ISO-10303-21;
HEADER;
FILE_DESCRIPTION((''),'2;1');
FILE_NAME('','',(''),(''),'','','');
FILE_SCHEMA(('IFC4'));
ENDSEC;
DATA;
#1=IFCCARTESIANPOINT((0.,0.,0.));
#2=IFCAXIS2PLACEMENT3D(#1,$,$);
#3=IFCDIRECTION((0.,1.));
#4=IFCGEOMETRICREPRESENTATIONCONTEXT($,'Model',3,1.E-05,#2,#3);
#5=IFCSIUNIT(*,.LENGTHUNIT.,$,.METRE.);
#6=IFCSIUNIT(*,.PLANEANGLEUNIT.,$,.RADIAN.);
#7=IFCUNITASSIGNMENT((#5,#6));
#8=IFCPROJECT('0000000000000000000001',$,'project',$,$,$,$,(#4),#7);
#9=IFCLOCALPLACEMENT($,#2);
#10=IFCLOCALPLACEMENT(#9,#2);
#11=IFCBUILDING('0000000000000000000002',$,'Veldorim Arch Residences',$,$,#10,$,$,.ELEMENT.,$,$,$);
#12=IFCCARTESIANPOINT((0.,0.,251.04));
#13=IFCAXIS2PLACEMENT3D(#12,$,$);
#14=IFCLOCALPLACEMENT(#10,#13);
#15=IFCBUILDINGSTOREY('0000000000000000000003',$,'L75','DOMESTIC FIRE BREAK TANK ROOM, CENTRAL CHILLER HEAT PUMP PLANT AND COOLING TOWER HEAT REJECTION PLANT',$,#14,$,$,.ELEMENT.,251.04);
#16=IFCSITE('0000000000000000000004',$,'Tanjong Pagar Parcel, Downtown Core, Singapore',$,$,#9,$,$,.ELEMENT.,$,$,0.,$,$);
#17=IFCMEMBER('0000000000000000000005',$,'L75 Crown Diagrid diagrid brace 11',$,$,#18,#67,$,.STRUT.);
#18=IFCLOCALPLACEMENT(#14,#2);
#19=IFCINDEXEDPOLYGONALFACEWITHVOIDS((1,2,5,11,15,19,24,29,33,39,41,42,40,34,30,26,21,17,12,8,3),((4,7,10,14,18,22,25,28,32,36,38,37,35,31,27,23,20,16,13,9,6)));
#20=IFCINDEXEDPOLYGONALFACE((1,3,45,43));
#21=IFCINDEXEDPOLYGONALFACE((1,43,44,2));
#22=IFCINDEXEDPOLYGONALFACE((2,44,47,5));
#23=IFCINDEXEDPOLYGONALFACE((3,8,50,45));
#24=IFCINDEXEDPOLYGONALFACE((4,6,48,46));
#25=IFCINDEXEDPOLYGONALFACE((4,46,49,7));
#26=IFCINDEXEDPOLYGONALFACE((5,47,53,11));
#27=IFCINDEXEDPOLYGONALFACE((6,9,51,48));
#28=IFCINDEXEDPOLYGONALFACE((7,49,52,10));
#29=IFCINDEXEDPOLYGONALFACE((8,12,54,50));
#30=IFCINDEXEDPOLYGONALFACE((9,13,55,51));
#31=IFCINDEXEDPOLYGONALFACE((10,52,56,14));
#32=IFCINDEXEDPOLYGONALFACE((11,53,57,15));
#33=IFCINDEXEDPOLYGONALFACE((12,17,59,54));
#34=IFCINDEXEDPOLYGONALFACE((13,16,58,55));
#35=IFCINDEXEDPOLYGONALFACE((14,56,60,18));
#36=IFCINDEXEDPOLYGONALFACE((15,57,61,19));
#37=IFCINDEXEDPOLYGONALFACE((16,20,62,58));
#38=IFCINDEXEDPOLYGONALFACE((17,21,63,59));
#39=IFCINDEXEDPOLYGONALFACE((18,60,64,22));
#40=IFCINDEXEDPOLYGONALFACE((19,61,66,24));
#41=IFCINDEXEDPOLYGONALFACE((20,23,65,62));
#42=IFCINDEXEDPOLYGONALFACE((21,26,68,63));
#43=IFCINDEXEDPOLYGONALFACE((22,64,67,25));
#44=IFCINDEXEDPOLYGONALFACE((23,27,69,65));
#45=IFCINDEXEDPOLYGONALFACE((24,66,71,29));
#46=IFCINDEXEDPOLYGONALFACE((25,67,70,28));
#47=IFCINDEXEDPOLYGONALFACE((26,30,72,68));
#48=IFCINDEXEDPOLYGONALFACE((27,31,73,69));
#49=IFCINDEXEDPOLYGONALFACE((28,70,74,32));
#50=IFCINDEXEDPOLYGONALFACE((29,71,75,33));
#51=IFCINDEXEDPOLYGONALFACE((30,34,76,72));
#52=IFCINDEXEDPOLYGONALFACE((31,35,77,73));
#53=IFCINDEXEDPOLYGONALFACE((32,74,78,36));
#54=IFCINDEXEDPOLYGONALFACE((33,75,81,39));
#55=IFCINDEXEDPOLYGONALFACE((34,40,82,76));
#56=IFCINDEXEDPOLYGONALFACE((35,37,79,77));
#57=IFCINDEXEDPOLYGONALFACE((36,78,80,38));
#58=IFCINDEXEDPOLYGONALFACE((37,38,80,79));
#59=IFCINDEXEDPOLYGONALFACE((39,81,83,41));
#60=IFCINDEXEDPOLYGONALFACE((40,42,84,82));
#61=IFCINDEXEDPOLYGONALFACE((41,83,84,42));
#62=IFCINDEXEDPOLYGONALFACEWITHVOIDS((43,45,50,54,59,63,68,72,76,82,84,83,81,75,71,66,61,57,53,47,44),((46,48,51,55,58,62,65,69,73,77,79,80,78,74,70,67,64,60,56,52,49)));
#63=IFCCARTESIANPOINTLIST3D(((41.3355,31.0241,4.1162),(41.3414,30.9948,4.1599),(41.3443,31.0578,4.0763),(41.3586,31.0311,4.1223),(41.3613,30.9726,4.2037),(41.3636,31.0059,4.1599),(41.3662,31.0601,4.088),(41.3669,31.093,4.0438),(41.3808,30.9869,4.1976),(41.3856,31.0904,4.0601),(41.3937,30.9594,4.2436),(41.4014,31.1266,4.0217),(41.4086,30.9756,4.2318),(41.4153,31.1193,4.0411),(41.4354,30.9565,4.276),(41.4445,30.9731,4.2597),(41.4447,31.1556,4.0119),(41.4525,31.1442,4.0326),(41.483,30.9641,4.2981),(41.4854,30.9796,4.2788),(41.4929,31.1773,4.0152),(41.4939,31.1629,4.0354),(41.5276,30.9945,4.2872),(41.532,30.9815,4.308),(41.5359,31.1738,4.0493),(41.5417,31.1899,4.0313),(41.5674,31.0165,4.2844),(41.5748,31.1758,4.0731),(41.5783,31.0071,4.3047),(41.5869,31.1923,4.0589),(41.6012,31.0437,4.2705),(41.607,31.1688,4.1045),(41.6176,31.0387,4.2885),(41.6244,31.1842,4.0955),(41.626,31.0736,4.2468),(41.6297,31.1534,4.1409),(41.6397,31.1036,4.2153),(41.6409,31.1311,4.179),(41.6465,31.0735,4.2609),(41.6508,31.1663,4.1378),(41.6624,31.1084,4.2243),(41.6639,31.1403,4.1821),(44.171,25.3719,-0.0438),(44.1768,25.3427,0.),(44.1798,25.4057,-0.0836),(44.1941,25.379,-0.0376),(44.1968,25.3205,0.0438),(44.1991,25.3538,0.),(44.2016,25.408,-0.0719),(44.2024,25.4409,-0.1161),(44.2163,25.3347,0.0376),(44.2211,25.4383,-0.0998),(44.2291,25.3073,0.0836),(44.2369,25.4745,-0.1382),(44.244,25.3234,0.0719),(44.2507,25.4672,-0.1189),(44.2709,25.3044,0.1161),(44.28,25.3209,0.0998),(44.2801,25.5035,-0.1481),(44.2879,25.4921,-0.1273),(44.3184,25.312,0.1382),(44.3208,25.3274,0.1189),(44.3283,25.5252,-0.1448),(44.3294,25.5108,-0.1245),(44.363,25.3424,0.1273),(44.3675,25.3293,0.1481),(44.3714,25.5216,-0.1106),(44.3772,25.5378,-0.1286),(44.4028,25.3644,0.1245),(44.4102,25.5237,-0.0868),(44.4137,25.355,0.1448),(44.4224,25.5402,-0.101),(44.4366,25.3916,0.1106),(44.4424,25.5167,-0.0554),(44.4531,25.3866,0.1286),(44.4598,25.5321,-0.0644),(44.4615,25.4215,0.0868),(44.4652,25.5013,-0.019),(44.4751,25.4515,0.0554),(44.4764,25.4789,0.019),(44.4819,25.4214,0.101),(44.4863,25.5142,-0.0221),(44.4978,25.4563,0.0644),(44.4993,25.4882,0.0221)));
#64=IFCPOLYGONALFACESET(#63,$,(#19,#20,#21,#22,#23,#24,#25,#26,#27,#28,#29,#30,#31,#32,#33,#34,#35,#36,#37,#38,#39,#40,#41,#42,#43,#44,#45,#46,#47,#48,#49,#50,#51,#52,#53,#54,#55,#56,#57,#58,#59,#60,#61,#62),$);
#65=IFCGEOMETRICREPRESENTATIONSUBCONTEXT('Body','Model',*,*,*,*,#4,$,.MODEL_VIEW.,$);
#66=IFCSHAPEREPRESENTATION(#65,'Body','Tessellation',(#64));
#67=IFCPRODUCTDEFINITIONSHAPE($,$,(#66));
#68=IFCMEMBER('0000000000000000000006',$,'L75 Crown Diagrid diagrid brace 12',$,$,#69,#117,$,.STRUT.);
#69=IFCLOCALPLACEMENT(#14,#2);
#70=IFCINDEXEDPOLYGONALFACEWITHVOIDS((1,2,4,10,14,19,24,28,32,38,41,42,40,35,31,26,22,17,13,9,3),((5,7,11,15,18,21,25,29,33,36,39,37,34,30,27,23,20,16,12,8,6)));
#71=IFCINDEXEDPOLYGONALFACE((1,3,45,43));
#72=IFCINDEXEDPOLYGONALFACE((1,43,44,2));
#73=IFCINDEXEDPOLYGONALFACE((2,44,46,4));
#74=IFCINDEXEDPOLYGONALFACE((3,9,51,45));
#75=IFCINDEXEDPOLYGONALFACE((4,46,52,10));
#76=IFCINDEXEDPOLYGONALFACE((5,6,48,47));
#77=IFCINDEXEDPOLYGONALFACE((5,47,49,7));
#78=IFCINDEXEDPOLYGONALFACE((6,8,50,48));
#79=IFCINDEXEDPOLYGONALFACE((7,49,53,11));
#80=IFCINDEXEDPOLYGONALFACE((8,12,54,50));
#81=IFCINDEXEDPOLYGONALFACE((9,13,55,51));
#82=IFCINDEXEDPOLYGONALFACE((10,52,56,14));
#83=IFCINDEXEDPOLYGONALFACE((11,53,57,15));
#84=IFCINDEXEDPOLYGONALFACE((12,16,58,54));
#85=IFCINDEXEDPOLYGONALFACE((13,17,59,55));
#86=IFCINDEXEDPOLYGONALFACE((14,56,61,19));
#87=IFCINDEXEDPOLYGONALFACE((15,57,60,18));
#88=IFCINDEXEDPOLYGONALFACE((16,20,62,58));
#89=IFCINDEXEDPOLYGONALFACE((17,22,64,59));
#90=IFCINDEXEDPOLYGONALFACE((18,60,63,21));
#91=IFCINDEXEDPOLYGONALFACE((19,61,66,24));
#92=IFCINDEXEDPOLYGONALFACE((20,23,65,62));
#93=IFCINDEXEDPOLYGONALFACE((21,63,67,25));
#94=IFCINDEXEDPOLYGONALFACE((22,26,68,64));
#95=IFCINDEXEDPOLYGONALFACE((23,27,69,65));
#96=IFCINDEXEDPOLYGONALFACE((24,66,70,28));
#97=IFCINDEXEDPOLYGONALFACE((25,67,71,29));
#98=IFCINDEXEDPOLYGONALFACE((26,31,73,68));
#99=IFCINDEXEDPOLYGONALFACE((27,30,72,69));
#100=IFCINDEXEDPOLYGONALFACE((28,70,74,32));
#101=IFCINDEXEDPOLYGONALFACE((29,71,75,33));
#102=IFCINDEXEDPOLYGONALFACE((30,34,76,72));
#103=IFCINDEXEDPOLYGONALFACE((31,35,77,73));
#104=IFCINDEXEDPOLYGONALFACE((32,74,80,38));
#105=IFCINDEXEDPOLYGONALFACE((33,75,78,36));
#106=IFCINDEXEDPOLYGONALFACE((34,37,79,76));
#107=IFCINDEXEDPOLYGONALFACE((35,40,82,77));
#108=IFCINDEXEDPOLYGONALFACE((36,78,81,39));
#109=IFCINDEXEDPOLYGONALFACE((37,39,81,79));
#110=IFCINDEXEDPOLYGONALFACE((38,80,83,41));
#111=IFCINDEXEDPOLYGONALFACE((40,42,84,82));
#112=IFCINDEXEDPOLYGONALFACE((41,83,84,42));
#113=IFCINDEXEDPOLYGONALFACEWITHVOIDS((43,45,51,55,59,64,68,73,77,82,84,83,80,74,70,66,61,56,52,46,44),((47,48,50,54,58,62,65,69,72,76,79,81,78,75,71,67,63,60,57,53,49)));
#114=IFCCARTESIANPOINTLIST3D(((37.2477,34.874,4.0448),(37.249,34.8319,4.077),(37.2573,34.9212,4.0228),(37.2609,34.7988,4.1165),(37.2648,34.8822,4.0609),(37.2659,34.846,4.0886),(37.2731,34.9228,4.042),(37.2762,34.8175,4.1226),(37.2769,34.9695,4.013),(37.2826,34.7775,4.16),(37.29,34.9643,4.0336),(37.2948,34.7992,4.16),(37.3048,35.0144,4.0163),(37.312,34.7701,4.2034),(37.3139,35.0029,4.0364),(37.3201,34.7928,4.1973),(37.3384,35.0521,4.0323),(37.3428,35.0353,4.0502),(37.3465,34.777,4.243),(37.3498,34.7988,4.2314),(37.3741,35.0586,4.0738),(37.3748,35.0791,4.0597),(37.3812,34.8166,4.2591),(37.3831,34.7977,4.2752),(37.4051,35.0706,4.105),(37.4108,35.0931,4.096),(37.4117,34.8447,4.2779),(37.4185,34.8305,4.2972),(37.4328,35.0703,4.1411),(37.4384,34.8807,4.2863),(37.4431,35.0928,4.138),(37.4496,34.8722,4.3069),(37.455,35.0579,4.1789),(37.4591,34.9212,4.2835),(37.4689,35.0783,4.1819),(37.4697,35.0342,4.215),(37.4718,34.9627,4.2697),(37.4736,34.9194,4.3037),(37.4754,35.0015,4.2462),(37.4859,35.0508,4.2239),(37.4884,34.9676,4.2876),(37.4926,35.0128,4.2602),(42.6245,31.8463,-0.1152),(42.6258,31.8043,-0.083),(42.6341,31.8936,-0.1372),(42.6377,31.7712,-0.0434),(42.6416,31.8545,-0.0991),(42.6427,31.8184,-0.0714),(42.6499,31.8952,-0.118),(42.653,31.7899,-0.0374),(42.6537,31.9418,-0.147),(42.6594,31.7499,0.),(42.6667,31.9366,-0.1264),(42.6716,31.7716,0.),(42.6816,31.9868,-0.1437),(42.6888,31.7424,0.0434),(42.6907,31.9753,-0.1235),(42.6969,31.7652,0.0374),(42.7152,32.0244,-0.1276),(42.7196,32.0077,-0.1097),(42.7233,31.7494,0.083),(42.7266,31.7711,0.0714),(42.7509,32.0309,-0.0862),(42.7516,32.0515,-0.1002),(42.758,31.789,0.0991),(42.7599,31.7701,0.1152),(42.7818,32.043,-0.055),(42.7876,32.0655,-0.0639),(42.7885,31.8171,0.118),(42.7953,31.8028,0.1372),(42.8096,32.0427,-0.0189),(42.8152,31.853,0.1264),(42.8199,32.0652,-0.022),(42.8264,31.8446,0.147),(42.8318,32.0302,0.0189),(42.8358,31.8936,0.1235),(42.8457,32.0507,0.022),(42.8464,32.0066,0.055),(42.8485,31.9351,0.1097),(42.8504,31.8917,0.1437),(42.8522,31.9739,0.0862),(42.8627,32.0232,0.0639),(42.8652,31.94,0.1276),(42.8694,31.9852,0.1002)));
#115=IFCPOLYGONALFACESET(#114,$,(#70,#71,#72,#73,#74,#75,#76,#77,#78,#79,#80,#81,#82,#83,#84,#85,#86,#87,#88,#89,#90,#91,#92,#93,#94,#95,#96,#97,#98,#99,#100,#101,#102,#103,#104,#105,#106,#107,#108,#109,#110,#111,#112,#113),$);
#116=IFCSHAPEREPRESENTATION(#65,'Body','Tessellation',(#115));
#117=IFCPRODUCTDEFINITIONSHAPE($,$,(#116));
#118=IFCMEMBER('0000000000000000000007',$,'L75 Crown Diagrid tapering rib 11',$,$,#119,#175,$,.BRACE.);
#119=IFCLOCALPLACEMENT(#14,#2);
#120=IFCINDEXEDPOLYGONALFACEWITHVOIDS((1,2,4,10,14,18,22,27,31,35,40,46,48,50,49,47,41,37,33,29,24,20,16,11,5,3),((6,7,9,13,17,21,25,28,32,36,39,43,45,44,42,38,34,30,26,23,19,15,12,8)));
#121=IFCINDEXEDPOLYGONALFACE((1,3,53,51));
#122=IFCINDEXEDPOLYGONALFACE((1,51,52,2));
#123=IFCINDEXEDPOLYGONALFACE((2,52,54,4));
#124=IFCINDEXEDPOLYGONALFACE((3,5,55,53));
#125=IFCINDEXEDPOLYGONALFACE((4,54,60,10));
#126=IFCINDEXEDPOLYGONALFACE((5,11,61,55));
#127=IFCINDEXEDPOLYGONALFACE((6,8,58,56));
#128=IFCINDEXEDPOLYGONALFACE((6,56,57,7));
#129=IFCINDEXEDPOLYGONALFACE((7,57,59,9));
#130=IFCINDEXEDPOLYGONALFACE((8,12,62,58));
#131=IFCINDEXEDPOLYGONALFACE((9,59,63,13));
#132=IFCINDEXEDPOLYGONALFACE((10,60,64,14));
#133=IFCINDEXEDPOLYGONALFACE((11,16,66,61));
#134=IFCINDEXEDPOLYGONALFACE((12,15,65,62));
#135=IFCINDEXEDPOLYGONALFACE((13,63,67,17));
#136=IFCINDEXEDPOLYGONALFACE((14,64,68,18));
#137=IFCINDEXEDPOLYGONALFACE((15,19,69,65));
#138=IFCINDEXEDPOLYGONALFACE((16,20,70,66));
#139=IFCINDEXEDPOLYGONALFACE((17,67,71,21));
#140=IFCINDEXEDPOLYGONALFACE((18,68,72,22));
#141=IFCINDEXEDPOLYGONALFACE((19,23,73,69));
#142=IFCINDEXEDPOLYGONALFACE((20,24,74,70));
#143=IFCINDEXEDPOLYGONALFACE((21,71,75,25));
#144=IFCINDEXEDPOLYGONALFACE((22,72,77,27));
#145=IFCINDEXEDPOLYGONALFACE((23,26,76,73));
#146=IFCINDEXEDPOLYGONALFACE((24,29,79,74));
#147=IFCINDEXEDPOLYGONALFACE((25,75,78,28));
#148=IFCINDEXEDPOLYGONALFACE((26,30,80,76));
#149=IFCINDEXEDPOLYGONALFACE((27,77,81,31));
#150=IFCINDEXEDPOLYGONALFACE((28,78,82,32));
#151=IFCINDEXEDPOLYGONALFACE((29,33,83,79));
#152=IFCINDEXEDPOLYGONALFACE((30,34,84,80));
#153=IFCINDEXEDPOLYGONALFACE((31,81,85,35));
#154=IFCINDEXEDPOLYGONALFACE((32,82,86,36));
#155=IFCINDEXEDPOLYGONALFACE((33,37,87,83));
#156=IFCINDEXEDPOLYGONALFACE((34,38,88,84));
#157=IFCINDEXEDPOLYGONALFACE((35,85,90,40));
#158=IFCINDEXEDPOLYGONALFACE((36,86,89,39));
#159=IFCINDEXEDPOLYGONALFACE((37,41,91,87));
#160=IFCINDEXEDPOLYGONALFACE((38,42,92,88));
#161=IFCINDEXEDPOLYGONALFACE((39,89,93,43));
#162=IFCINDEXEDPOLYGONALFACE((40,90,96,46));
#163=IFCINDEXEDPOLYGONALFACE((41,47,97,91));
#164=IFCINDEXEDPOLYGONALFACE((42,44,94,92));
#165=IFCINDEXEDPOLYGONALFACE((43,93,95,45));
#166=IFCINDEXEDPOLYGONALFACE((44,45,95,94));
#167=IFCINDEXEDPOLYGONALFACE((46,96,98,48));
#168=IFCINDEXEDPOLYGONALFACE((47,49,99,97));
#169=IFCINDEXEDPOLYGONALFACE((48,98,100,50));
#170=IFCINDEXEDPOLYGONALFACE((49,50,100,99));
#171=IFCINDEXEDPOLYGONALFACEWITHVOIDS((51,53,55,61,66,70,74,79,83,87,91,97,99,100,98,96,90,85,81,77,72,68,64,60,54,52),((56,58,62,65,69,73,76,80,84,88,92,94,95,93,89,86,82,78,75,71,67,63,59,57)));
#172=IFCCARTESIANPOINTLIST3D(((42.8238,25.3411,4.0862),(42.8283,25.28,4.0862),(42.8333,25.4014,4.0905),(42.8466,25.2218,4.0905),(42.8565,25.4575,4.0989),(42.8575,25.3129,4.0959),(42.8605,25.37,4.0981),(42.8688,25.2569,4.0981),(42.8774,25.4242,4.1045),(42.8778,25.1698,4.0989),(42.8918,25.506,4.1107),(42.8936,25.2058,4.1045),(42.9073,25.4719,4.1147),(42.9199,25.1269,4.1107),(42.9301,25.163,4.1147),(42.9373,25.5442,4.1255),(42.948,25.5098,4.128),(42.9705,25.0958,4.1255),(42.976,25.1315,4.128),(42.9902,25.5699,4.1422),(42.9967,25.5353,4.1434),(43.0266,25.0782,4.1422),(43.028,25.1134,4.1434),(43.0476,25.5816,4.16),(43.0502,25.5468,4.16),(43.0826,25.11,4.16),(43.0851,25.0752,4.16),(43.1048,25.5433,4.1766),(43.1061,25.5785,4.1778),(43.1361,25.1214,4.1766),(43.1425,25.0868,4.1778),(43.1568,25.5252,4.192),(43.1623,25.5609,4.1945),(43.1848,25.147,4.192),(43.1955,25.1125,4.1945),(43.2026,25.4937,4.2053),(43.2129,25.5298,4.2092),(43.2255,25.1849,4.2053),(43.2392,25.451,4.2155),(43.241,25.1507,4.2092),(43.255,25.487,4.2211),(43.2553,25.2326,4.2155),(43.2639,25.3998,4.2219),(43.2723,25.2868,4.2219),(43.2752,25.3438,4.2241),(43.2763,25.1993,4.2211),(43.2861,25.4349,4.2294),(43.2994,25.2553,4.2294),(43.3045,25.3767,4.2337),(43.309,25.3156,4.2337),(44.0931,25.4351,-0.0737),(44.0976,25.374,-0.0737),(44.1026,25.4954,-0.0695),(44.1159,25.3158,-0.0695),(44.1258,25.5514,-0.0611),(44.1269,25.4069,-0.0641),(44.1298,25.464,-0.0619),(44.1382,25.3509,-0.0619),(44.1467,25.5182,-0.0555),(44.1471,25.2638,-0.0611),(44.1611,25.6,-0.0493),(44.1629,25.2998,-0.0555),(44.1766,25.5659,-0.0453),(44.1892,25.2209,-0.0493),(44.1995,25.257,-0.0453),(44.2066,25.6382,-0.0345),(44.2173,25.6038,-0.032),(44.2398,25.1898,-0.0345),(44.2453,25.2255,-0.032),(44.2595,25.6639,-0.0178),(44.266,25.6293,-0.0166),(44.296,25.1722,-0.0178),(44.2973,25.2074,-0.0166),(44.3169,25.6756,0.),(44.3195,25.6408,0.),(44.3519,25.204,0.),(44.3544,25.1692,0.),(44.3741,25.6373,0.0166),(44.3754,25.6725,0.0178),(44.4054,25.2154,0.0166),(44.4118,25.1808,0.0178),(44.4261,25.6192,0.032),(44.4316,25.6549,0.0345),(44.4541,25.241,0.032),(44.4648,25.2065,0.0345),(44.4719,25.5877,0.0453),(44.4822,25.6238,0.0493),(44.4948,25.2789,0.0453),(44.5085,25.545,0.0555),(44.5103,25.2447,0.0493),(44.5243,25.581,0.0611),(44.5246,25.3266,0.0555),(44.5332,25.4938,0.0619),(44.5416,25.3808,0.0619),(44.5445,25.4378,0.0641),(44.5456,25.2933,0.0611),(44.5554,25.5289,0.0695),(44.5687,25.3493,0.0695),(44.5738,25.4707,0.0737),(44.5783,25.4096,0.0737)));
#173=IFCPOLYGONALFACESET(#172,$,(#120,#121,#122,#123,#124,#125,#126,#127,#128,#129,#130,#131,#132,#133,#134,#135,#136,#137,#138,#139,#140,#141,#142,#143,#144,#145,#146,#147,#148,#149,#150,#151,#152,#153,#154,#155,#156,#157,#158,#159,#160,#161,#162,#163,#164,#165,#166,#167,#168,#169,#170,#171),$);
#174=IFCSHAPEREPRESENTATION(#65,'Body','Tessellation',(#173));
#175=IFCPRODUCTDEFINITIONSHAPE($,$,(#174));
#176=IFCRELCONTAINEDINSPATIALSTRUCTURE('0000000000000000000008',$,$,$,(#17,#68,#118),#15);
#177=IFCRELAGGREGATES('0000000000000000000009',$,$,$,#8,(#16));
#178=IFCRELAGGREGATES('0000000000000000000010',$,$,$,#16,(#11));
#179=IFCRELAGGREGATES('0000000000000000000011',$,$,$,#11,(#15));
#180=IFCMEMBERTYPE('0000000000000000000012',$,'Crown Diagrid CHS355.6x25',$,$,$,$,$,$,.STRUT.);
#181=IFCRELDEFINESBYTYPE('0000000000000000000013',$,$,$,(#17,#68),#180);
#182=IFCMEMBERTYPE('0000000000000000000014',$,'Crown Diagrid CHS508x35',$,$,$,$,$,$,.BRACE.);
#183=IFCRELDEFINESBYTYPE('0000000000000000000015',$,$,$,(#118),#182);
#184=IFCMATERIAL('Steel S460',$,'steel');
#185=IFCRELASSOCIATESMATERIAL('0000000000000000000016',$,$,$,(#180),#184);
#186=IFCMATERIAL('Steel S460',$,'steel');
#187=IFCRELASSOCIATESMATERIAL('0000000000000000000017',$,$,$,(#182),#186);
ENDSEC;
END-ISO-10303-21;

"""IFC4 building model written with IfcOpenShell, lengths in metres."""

from ifc_helpers import new_model, si_unit, direction, frame, origin, origin_2d, place, context, subcontext, project, spatial, hollow_circle, extrude, material, material_profile, profile_set, type_object, element, save


model = new_model("IFC4")

# Units and contexts
model_context = context("Model", 3, precision=1e-05, world=origin(), true_north=direction((0.0, 1.0)))
body_context = subcontext(model_context, "Body", "Model", "MODEL_VIEW")
ifc_project = project(units=[si_unit("LENGTHUNIT", "METRE"), si_unit("PLANEANGLEUNIT", "RADIAN")], contexts=[model_context])

# Site, building, storey
site_placement = place(None, origin())
site = spatial("IfcSite", under=ifc_project, at=site_placement, Name="Tanjong Pagar Parcel, Downtown Core, Singapore", CompositionType="ELEMENT", RefElevation=0.0)
building_placement = place(site_placement, origin())
building = spatial("IfcBuilding", under=site, at=building_placement, Name="Veldorim Arch Residences", CompositionType="ELEMENT")
storey_placement = place(building_placement, frame((0.0, 0.0, 251.04)))
storey = spatial("IfcBuildingStorey", under=building, at=storey_placement, Name="L75", Description="DOMESTIC FIRE BREAK TANK ROOM, CENTRAL CHILLER HEAT PUMP PLANT AND COOLING TOWER HEAT REJECTION PLANT", CompositionType="ELEMENT", Elevation=251.04)

# Members
ifc_material_1 = material(Name="Steel S460", Category="steel")
ifc_material_profile_1 = material_profile(ifc_material_1, hollow_circle(Radius=0.1777, WallThickness=0.0249, at=origin_2d()), Name="CHS355.6x25")
ifc_profile_set_1 = profile_set([ifc_material_profile_1], Name="Steel S460")
member_type_1 = type_object("IfcMemberType", Name="Crown Diagrid CHS355.6x25", PredefinedType="STRUT", material=ifc_profile_set_1)
member_1_placement = place(storey_placement, frame((44.3357, 25.4224, 0.0), z_axis=(-0.37461, 0.746736, 0.549593), x_axis=(-0.893832, -0.448402, 0.0)))
element("IfcMember", 1, at=member_1_placement, inside=storey, type_object=member_type_1, Name="L75 Crown Diagrid diagrid brace 11", PredefinedType="STRUT", context=body_context, shape_type="SweptSolid", body=[
    extrude(hollow_circle(Radius=0.1777, WallThickness=0.0249, at=origin_2d()), origin(), (0.0, 0.0, 1.0), 7.5691),
])
member_2_placement = place(storey_placement, frame((42.7466, 31.9048, 0.0), z_axis=(-0.722503, 0.406836, 0.558994), x_axis=(-0.490654, -0.871355, 0.0)))
element("IfcMember", 2, at=member_2_placement, inside=storey, type_object=member_type_1, Name="L75 Crown Diagrid diagrid brace 12", PredefinedType="STRUT", context=body_context, shape_type="SweptSolid", body=[
    extrude(hollow_circle(Radius=0.1777, WallThickness=0.0249, at=origin_2d()), origin(), (0.0, 0.0, 1.0), 7.4419),
])
ifc_material_2 = material(Name="Steel S460", Category="steel")
ifc_material_profile_2 = material_profile(ifc_material_2, hollow_circle(Radius=0.2539, WallThickness=0.0349, at=origin_2d()), Name="CHS508x35")
ifc_profile_set_2 = profile_set([ifc_material_profile_2], Name="Steel S460")
member_type_2 = type_object("IfcMemberType", Name="Crown Diagrid CHS508x35", PredefinedType="BRACE", material=ifc_profile_set_2)
member_3_placement = place(storey_placement, frame((44.3357, 25.4224, 0.0), z_axis=(-0.291772, -0.021607, 0.956244), x_axis=(0.07385, -0.997269, 0.0)))
element("IfcMember", 3, at=member_3_placement, inside=storey, type_object=member_type_2, Name="L75 Crown Diagrid tapering rib 11", PredefinedType="BRACE", context=body_context, shape_type="SweptSolid", body=[
    extrude(hollow_circle(Radius=0.2539, WallThickness=0.0349, at=origin_2d()), origin(), (0.0, 0.0, 1.0), 4.3503),
])

save(model, "model.ifc")
